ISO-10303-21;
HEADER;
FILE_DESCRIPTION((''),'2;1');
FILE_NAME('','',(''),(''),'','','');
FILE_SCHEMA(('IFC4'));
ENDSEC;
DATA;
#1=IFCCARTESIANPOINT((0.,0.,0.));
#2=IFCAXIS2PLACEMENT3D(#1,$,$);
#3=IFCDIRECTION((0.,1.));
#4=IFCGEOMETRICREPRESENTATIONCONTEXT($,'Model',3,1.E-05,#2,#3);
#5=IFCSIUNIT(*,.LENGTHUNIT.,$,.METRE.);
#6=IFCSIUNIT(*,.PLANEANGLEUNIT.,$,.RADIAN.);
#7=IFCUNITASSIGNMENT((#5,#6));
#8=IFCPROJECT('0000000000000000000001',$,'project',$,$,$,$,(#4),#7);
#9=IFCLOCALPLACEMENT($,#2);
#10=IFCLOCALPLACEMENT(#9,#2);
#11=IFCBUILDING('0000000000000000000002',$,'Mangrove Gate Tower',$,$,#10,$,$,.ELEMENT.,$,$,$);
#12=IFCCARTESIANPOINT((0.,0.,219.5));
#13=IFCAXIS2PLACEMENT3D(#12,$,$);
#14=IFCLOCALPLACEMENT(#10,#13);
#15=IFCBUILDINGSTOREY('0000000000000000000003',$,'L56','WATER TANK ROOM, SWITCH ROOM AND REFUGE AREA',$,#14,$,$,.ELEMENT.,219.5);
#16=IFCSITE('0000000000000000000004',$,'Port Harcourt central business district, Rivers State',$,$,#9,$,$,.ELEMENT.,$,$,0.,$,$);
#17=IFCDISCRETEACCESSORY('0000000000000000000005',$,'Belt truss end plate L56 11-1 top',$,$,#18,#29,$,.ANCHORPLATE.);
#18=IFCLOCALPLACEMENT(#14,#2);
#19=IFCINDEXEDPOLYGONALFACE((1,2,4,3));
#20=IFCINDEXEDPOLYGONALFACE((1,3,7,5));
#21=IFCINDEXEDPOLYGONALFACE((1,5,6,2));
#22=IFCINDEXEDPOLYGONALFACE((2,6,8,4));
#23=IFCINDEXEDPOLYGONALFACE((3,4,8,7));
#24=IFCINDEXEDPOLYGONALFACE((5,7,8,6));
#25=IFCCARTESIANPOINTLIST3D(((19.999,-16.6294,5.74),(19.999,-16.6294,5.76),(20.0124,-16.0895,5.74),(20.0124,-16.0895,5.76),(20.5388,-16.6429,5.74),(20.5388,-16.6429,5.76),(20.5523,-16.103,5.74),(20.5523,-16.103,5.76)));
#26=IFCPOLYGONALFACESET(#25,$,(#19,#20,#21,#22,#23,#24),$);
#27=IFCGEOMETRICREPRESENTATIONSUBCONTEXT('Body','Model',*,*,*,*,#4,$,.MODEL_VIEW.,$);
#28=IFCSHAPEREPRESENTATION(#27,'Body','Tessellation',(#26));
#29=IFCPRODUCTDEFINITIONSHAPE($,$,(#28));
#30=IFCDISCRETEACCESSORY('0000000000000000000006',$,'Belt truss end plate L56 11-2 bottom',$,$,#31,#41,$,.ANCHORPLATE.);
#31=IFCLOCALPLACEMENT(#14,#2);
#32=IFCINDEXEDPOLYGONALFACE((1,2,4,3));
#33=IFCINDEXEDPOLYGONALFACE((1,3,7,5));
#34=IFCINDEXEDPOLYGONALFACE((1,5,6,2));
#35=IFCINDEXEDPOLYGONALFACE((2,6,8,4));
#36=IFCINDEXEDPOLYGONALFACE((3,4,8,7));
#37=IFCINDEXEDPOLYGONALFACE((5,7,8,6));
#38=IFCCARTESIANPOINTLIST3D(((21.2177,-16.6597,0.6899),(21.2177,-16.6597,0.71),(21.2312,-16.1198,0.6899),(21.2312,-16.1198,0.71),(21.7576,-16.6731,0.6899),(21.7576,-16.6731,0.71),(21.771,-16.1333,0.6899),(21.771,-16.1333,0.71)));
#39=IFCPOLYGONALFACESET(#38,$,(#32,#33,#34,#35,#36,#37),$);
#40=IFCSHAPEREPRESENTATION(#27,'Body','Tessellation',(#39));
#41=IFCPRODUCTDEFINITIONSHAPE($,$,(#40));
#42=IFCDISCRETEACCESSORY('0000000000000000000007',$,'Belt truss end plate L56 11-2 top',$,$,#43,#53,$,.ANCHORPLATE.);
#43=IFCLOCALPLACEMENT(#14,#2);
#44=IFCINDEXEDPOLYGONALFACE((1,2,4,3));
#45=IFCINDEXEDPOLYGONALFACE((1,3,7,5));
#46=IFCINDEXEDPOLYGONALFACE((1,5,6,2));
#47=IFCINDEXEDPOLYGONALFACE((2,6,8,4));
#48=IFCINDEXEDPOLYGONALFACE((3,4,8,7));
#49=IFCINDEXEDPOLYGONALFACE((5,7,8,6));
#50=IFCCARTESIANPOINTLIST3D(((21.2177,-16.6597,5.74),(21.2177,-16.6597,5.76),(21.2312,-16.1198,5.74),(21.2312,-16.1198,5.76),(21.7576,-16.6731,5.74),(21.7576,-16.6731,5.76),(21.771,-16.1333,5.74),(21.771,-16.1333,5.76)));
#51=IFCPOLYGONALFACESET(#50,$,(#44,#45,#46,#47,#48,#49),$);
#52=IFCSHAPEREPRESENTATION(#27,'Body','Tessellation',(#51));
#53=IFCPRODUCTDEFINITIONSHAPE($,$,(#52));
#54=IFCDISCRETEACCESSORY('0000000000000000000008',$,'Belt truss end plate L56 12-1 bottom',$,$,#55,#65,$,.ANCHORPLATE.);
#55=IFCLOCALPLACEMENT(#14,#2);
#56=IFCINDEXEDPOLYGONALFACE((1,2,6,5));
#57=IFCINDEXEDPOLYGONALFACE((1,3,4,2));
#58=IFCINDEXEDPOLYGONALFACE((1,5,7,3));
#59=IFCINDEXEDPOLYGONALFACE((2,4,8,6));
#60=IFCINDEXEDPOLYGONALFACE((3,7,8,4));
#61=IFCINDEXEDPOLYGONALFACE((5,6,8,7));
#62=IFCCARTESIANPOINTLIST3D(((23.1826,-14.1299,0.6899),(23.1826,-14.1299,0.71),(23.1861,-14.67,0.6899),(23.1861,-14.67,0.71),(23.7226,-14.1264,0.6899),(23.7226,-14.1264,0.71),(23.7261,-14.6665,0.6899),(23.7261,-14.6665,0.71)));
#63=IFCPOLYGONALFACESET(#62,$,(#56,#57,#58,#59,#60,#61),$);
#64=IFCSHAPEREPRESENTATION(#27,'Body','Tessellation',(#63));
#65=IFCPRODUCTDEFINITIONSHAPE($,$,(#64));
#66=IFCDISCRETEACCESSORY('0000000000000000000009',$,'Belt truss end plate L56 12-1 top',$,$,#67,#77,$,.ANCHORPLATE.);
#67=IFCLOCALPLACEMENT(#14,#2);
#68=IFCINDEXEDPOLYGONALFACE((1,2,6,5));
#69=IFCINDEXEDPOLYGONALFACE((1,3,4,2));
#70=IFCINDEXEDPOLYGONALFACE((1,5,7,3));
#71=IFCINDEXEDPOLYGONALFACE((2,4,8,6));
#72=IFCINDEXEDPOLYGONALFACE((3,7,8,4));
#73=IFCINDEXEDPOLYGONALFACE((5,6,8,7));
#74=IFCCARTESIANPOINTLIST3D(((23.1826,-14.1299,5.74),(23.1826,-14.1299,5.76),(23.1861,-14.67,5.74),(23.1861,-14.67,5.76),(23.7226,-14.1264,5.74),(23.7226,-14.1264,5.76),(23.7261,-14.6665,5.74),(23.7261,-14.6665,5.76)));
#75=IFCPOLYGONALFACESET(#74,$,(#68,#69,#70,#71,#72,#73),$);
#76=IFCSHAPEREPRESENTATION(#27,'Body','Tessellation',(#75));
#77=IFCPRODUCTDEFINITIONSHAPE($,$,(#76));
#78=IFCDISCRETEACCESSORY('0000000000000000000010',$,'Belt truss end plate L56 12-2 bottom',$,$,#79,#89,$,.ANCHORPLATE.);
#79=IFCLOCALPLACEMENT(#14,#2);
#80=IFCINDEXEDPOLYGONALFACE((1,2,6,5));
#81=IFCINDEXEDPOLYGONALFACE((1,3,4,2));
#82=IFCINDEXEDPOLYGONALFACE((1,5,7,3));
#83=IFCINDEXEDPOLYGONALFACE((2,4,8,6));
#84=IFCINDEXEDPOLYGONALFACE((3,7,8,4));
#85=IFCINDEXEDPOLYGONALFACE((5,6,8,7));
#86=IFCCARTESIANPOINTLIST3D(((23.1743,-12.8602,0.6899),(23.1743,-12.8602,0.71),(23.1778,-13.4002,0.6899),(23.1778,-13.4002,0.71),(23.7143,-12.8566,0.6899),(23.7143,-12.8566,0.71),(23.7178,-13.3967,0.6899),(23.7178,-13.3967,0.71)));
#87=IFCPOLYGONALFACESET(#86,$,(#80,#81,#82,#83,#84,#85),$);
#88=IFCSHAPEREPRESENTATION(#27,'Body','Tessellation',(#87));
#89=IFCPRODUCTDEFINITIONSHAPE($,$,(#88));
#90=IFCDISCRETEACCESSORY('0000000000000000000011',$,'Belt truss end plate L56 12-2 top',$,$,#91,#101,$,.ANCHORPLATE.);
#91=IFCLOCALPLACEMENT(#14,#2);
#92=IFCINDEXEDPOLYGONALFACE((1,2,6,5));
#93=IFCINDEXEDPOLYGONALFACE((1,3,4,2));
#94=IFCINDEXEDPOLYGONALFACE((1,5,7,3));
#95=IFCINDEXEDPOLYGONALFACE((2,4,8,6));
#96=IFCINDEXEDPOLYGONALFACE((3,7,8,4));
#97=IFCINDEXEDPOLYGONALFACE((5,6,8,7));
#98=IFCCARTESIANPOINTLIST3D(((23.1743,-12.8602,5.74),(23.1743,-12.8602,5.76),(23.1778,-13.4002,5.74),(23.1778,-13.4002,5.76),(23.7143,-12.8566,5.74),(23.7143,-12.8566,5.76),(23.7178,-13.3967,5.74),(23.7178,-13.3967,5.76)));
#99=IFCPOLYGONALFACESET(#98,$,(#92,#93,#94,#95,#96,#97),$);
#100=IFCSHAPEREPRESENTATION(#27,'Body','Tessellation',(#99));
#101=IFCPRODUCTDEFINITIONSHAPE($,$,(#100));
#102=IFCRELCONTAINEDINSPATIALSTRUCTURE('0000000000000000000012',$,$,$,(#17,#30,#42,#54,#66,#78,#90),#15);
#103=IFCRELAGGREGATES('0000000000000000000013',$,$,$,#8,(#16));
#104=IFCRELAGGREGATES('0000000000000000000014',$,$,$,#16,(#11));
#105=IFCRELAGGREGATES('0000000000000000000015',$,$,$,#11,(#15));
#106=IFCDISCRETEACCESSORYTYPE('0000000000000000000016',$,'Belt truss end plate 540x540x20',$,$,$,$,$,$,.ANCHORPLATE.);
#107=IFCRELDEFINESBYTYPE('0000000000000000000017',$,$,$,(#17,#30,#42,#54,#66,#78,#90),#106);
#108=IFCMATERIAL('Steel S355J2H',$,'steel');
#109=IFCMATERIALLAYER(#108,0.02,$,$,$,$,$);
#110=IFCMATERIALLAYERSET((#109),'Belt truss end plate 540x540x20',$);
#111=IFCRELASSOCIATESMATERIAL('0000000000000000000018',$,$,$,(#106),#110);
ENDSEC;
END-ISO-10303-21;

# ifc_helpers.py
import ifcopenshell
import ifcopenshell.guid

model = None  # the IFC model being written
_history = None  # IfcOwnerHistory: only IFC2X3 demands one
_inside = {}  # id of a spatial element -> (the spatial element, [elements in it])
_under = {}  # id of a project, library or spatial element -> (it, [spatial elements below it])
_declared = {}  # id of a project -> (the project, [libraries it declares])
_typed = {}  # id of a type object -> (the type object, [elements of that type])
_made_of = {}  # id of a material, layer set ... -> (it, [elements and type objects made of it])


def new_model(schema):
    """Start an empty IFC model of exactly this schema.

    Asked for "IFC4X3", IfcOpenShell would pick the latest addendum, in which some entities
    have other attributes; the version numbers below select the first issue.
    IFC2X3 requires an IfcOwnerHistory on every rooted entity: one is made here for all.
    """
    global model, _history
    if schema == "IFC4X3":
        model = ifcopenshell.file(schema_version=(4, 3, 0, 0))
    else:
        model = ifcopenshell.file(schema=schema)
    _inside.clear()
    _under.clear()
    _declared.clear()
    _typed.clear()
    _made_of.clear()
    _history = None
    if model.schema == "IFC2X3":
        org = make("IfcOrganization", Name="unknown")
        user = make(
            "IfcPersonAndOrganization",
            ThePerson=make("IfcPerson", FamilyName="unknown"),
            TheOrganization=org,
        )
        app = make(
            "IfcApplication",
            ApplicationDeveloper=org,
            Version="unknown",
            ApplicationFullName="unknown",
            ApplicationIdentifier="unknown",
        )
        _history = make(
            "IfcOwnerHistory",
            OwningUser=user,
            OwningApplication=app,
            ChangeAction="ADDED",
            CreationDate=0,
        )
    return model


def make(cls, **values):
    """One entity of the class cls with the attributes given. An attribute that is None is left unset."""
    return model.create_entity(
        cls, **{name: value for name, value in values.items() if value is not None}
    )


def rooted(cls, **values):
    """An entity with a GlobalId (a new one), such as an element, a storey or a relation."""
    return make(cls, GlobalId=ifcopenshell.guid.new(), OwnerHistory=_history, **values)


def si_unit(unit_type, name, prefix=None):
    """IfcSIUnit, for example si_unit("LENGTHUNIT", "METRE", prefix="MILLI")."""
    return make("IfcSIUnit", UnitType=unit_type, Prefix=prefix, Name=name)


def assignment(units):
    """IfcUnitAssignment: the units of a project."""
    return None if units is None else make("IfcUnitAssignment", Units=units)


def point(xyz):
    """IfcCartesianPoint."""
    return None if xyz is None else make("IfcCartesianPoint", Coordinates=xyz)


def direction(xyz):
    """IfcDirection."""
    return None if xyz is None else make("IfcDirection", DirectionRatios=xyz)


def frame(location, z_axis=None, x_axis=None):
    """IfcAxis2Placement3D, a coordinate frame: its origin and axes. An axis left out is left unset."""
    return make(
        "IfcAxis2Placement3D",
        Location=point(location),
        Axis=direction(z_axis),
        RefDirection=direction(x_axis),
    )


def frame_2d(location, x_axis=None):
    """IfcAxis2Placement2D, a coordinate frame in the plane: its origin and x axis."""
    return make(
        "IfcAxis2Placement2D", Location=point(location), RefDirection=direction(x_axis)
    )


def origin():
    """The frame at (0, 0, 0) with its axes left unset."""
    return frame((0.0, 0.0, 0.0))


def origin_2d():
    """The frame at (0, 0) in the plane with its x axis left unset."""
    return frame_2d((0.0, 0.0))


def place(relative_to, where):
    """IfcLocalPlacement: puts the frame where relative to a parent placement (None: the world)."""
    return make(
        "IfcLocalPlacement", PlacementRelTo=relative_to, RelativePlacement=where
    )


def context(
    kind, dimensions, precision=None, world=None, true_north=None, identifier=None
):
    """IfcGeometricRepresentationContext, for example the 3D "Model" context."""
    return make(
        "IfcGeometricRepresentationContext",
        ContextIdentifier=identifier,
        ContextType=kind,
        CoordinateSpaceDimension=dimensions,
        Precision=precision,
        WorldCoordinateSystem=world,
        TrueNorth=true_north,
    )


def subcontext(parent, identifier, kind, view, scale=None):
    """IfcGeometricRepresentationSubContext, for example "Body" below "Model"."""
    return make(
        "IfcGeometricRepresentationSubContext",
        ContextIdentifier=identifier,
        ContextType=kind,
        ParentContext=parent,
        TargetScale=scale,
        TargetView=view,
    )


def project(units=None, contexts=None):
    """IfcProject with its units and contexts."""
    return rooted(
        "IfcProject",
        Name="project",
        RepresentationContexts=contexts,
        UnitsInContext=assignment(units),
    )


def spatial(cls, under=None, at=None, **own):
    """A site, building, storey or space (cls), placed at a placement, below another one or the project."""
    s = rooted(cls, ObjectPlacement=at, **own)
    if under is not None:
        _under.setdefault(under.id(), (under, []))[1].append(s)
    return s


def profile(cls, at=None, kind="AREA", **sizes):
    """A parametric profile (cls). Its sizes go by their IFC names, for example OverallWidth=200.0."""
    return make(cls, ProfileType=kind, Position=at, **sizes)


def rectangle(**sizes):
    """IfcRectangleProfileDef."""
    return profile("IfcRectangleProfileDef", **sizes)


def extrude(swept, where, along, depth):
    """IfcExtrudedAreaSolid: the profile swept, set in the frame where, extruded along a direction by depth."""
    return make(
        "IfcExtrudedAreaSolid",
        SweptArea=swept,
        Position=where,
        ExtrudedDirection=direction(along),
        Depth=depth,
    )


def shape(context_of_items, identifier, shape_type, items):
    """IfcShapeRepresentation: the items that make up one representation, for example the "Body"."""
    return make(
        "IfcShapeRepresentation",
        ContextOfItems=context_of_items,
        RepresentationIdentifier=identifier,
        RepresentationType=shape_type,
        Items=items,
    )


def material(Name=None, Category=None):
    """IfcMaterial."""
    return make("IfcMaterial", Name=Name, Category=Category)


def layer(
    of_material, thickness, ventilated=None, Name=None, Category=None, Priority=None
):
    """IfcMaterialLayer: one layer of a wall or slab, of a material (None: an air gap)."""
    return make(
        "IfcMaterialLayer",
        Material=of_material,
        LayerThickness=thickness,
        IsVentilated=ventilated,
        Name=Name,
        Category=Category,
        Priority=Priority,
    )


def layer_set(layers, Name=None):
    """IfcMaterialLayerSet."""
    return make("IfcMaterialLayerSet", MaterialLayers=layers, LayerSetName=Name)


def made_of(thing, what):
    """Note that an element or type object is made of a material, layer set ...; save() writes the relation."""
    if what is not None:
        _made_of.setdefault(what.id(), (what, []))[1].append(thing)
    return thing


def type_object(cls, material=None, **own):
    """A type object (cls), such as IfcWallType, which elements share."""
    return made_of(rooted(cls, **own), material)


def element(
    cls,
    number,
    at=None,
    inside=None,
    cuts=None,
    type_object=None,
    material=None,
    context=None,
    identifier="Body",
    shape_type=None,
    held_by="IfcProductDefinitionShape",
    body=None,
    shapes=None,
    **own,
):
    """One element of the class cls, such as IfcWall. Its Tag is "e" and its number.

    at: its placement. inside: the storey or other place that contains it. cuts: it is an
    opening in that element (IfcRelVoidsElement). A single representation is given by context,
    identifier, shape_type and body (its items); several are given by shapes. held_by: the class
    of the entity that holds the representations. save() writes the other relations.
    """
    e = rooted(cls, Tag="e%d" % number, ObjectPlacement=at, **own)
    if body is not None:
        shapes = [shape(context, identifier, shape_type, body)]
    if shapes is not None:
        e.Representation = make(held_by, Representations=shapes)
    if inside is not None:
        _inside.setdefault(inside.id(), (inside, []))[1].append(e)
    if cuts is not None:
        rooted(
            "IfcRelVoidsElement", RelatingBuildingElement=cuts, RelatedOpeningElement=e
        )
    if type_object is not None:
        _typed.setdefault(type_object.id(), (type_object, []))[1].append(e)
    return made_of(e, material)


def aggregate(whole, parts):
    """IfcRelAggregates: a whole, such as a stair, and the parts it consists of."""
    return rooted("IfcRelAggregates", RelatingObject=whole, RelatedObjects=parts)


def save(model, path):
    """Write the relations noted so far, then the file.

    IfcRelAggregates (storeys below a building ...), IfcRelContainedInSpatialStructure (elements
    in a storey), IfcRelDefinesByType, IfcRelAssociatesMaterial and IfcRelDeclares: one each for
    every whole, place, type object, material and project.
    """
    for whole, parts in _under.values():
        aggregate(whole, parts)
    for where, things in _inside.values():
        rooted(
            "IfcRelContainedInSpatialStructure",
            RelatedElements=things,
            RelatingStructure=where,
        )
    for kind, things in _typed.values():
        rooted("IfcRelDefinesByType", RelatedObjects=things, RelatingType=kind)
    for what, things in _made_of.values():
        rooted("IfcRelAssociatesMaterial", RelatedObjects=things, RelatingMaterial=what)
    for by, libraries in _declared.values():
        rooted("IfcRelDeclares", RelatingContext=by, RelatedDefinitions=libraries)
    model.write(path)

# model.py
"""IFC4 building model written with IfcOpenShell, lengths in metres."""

from ifc_helpers import new_model, si_unit, direction, frame, origin, origin_2d, place, context, subcontext, project, spatial, rectangle, extrude, material, layer, layer_set, type_object, element, save


model = new_model("IFC4")

# Units and contexts
model_context = context("Model", 3, precision=1e-05, world=origin(), true_north=direction((0.0, 1.0)))
body_context = subcontext(model_context, "Body", "Model", "MODEL_VIEW")
ifc_project = project(units=[si_unit("LENGTHUNIT", "METRE"), si_unit("PLANEANGLEUNIT", "RADIAN")], contexts=[model_context])

# Site, building, storey
site_placement = place(None, origin())
site = spatial("IfcSite", under=ifc_project, at=site_placement, Name="Port Harcourt central business district, Rivers State", CompositionType="ELEMENT", RefElevation=0.0)
building_placement = place(site_placement, origin())
building = spatial("IfcBuilding", under=site, at=building_placement, Name="Mangrove Gate Tower", CompositionType="ELEMENT")
storey_placement = place(building_placement, frame((0.0, 0.0, 219.5)))
storey = spatial("IfcBuildingStorey", under=building, at=storey_placement, Name="L56", Description="WATER TANK ROOM, SWITCH ROOM AND REFUGE AREA", CompositionType="ELEMENT", Elevation=219.5)

# Discrete accessories
ifc_material_1 = material(Name="Steel S355J2H", Category="steel")
ifc_layer_1 = layer(ifc_material_1, 0.02)
ifc_layer_set_1 = layer_set([ifc_layer_1], Name="Belt truss end plate 540x540x20")
discrete_accessory_type = type_object("IfcDiscreteAccessoryType", Name="Belt truss end plate 540x540x20", PredefinedType="ANCHORPLATE", material=ifc_layer_set_1)
for number, where, z_axis, x_axis, name in (
    (1, (20.2756, -16.3662, 5.74), (0.0, 0.0, 1.0), (0.99969, -0.02491, 0.0), "Belt truss end plate L56 11-1 top"),
    (2, (21.4944, -16.3965, 0.6899), (0.0, 0.0, 1.0), (0.99969, -0.02491, 0.0), "Belt truss end plate L56 11-2 bottom"),
    (3, (21.4944, -16.3965, 5.74), (0.0, 0.0, 1.0), (0.99969, -0.02491, 0.0), "Belt truss end plate L56 11-2 top"),
    (4, (23.4543, -14.3982, 0.6899), (0.0, 0.0, 1.0), (-0.006505, 0.999979, 0.0), "Belt truss end plate L56 12-1 bottom"),
    (5, (23.4543, -14.3982, 5.74), (0.0, 0.0, 1.0), (-0.006505, 0.999979, 0.0), "Belt truss end plate L56 12-1 top"),
    (6, (23.446, -13.1284, 0.6899), (0.0, 0.0, 1.0), (-0.006505, 0.999979, 0.0), "Belt truss end plate L56 12-2 bottom"),
    (7, (23.446, -13.1284, 5.74), (0.0, 0.0, 1.0), (-0.006505, 0.999979, 0.0), "Belt truss end plate L56 12-2 top"),
):
    element("IfcDiscreteAccessory", number, at=place(storey_placement, frame(where, z_axis=z_axis, x_axis=x_axis)), inside=storey, type_object=discrete_accessory_type, Name=name, PredefinedType="ANCHORPLATE", context=body_context, shape_type="SweptSolid", body=[
        extrude(rectangle(XDim=0.54, YDim=0.54, at=origin_2d()), origin(), (0.0, 0.0, 1.0), 0.02),
    ])

save(model, "model.ifc")
